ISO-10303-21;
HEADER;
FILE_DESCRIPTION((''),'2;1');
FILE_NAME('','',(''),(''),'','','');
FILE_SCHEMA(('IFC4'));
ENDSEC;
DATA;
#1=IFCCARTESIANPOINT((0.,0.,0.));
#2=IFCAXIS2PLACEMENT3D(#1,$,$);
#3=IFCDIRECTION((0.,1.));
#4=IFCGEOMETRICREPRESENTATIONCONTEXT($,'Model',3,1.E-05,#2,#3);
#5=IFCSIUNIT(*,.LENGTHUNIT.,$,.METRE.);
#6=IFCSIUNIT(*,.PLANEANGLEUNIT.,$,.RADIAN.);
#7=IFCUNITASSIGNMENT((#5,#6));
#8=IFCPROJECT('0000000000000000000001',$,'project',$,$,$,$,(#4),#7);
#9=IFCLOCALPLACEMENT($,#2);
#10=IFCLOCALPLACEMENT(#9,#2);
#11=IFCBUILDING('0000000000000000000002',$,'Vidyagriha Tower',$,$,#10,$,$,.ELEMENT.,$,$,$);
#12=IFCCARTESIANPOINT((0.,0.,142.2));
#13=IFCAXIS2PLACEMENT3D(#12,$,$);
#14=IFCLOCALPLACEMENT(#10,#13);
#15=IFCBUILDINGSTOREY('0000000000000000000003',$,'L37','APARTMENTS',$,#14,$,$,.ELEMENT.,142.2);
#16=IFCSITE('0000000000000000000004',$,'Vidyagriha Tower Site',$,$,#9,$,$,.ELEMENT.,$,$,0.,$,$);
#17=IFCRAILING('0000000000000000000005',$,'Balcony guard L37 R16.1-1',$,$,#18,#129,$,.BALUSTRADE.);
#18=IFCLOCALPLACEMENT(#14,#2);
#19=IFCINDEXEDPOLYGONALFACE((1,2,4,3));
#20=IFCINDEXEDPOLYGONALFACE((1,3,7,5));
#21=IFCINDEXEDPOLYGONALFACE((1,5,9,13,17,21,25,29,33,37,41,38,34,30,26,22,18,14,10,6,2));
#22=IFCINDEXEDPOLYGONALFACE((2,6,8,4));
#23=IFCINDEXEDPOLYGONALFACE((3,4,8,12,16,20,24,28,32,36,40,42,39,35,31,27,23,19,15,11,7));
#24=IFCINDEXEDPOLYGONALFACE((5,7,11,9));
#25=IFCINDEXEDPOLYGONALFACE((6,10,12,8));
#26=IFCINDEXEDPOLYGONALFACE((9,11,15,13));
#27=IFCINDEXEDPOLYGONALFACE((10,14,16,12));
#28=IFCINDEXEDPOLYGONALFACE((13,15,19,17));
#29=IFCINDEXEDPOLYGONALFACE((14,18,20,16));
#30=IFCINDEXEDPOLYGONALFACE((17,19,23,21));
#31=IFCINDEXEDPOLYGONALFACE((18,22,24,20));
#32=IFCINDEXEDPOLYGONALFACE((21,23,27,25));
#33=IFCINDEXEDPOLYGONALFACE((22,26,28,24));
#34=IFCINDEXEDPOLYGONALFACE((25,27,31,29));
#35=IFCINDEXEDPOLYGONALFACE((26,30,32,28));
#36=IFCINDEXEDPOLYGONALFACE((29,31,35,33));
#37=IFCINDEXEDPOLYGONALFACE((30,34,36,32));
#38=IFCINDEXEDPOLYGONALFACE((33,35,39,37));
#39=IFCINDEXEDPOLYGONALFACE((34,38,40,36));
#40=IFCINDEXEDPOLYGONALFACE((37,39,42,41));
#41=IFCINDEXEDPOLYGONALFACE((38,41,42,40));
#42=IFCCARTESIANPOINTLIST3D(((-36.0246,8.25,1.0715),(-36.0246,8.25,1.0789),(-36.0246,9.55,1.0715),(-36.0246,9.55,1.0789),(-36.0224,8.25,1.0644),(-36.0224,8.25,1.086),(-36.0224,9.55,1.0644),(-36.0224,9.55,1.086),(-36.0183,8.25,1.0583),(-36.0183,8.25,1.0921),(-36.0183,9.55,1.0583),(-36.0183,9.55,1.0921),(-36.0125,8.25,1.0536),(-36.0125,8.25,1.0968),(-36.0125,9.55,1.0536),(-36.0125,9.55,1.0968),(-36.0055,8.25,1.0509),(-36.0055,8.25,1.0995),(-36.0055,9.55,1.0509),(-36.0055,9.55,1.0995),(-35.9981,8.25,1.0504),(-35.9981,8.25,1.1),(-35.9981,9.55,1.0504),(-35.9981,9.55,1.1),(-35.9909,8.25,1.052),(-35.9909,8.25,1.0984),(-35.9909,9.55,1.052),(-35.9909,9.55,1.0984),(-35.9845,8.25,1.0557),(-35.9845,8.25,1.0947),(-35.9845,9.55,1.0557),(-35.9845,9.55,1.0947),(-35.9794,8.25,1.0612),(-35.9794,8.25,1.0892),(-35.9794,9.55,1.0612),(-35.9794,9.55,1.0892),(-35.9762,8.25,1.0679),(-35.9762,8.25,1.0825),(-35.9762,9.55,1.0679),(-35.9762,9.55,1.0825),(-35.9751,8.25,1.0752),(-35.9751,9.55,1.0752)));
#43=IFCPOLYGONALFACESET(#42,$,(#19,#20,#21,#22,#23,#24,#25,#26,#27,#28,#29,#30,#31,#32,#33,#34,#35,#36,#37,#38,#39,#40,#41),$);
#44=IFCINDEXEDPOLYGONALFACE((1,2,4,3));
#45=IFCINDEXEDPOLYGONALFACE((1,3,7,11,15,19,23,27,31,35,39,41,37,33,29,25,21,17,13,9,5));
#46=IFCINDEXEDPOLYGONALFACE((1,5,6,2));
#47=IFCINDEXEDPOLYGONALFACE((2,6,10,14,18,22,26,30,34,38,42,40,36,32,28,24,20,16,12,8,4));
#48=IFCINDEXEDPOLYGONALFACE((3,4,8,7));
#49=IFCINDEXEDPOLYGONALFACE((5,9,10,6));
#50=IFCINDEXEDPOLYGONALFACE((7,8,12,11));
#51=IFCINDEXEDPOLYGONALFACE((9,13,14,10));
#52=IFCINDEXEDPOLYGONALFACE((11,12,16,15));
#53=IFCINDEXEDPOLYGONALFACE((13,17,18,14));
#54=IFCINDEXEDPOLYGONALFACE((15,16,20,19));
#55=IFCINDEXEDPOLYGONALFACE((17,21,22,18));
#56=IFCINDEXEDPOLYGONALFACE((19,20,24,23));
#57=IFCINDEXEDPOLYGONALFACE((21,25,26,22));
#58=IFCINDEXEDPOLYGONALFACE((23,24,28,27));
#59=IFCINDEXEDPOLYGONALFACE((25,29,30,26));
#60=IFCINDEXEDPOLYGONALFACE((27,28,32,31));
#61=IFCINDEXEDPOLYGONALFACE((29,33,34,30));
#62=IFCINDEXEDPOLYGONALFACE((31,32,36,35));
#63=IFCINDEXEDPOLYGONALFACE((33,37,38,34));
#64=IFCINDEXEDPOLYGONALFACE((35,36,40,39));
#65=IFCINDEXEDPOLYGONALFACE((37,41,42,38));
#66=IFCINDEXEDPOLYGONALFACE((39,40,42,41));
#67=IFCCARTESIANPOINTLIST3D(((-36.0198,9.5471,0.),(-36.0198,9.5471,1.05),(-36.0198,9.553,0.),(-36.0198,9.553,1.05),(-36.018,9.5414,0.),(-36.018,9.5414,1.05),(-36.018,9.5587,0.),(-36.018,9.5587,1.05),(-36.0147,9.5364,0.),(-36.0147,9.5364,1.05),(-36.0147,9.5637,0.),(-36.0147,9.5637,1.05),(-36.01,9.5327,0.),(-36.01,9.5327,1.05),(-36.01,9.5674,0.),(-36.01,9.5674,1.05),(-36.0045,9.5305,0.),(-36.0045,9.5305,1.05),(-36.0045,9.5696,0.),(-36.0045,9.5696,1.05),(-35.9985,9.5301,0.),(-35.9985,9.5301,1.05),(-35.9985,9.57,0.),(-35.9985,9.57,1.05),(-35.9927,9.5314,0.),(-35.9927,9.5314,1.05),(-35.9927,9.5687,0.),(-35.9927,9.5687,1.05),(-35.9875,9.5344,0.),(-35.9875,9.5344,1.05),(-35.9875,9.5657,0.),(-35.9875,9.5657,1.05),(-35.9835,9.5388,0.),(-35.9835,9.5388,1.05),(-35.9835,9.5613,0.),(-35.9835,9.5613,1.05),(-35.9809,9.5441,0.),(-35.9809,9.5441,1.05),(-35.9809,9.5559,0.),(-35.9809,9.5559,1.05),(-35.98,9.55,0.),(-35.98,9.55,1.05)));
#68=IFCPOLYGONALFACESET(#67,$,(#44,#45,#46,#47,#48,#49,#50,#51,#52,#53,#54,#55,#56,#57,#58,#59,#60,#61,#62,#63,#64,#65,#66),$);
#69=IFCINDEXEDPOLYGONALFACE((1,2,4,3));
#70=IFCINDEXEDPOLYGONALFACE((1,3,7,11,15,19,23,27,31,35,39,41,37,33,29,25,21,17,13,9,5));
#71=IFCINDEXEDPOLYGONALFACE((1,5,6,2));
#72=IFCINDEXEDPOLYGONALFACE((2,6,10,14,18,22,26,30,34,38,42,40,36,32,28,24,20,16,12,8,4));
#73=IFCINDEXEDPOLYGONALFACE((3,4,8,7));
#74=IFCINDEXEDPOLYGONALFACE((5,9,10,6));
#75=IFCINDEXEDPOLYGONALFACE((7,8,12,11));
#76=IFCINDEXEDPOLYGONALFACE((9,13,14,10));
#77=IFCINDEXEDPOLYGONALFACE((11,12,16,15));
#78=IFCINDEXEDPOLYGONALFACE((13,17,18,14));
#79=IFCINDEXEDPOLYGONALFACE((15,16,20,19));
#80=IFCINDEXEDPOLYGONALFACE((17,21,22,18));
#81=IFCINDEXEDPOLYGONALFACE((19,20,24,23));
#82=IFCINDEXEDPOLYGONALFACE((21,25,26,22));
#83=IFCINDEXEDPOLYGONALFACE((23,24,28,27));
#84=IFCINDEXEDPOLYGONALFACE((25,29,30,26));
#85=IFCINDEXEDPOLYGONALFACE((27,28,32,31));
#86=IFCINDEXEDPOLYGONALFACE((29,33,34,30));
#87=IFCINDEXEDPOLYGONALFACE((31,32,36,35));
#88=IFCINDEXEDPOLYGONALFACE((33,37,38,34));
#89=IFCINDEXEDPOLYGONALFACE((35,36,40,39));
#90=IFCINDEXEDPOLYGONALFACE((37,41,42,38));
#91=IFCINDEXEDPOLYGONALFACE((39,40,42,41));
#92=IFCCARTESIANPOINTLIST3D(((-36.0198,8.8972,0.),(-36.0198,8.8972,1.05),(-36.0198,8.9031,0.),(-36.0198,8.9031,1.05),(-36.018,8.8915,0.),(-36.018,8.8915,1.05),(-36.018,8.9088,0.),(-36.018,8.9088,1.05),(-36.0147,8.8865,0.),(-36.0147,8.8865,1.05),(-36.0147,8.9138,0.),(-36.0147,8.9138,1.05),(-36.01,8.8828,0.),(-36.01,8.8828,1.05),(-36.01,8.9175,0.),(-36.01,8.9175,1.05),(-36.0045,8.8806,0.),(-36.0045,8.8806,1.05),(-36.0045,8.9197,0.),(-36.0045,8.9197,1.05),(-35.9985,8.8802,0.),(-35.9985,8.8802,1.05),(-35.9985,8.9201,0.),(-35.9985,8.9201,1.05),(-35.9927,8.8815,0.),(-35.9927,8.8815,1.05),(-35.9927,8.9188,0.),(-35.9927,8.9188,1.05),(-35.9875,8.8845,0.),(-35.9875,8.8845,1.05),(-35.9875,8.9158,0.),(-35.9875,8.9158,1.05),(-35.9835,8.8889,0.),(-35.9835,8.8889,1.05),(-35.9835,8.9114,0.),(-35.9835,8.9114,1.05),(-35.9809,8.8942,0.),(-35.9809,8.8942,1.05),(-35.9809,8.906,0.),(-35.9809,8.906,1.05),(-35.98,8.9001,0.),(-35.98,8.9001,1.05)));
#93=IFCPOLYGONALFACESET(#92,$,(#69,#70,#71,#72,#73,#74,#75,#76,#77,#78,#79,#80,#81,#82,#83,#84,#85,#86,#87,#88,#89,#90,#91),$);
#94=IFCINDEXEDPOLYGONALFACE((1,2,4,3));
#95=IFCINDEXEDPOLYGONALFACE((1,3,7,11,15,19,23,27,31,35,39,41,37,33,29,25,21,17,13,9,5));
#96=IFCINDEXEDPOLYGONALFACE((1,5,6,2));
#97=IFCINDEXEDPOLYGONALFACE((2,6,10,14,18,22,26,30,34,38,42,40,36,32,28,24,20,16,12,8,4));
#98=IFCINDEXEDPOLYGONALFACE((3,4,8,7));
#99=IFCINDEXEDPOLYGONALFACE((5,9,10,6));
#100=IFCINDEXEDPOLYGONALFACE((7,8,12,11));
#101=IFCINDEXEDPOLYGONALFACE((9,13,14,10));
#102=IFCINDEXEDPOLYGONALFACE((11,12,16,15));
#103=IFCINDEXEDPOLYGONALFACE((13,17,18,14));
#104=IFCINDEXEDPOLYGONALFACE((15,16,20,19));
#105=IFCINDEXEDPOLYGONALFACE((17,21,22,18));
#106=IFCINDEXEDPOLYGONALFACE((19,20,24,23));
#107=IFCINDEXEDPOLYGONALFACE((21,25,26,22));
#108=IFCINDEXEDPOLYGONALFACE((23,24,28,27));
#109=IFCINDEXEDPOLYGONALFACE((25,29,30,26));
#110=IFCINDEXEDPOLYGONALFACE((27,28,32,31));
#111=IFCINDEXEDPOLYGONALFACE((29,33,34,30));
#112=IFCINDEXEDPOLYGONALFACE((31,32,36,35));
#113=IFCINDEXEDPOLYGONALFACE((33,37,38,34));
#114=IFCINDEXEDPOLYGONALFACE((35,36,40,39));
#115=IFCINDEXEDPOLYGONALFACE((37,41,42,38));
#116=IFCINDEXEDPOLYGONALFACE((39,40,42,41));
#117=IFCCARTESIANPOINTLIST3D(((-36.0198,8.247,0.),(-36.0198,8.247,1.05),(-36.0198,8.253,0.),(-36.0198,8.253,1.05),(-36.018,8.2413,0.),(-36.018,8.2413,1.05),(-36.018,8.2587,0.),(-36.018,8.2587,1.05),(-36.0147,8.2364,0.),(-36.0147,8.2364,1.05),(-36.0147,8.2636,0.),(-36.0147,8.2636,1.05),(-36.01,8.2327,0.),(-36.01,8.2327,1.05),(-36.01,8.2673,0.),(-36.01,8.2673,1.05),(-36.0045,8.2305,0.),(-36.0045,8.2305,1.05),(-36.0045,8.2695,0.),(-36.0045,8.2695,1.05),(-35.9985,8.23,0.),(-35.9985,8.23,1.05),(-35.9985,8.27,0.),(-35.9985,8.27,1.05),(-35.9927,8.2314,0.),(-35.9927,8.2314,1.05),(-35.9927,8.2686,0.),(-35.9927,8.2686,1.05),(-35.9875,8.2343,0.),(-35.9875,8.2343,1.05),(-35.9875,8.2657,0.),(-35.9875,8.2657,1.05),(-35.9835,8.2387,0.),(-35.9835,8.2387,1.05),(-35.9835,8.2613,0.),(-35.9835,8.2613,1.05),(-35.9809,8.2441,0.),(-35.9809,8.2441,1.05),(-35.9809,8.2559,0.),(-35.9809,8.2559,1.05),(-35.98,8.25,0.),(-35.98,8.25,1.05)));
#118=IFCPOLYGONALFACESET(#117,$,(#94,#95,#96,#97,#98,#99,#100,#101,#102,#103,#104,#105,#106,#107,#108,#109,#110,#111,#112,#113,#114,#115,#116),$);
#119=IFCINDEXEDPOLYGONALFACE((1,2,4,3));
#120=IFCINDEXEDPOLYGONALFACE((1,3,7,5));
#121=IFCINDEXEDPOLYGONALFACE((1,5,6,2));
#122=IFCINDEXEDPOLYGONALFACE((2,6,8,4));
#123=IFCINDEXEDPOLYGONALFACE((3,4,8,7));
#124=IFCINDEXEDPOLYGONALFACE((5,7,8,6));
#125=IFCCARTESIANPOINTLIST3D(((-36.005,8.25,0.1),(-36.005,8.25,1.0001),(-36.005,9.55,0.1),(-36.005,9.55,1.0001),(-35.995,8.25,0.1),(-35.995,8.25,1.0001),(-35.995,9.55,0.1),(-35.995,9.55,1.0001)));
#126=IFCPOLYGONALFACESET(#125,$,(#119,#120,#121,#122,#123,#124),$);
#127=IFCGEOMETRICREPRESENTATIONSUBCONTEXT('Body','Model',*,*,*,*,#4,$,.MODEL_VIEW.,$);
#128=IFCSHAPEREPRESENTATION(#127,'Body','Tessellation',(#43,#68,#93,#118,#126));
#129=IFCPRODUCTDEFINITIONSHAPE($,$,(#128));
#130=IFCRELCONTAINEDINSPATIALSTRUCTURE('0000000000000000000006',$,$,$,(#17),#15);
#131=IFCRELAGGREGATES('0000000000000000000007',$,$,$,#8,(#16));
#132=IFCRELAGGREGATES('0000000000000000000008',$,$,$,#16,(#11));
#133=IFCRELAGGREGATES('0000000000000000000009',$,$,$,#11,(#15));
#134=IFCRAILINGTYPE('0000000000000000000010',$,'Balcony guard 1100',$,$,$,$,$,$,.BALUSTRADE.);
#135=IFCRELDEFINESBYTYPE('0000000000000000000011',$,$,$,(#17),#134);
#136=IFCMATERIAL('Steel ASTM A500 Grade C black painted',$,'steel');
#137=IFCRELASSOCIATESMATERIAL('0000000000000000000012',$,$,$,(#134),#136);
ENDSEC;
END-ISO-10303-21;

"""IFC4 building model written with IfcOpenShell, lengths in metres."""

from ifc_helpers import new_model, si_unit, direction, frame, origin, origin_2d, place, context, subcontext, project, spatial, rectangle, circle, extrude, material, type_object, element, save


model = new_model("IFC4")

# Units and contexts
model_context = context("Model", 3, precision=1e-05, world=origin(), true_north=direction((0.0, 1.0)))
body_context = subcontext(model_context, "Body", "Model", "MODEL_VIEW")
ifc_project = project(units=[si_unit("LENGTHUNIT", "METRE"), si_unit("PLANEANGLEUNIT", "RADIAN")], contexts=[model_context])

# Site, building, storey
site_placement = place(None, origin())
site = spatial("IfcSite", under=ifc_project, at=site_placement, Name="Vidyagriha Tower Site", CompositionType="ELEMENT", RefElevation=0.0)
building_placement = place(site_placement, origin())
building = spatial("IfcBuilding", under=site, at=building_placement, Name="Vidyagriha Tower", CompositionType="ELEMENT")
storey_placement = place(building_placement, frame((0.0, 0.0, 142.2)))
storey = spatial("IfcBuildingStorey", under=building, at=storey_placement, Name="L37", Description="APARTMENTS", CompositionType="ELEMENT", Elevation=142.2)

# Railing
ifc_material_1 = material(Name="Steel ASTM A500 Grade C black painted", Category="steel")
railing_type = type_object("IfcRailingType", Name="Balcony guard 1100", PredefinedType="BALUSTRADE", material=ifc_material_1)
railing_1_placement = place(storey_placement, frame((-36.0, 9.55, 0.0)))
element("IfcRailing", 1, at=railing_1_placement, inside=storey, type_object=railing_type, Name="Balcony guard L37 R16.1-1", PredefinedType="BALUSTRADE", context=body_context, shape_type="SweptSolid", body=[
    extrude(circle(Radius=0.0249, at=origin_2d()), frame((0.0, 0.0, 1.0752), z_axis=(0.0, -1.0, 0.0), x_axis=(1.0, 0.0, 0.0)), (0.0, 0.0, 1.0), 1.3),
    extrude(circle(Radius=0.02, at=origin_2d()), origin(), (0.0, 0.0, 1.0), 1.05),
    extrude(circle(Radius=0.02, at=origin_2d()), frame((0.0, -0.6499, 0.0)), (0.0, 0.0, 1.0), 1.05),
    extrude(circle(Radius=0.02, at=origin_2d()), frame((0.0, -1.3, 0.0)), (0.0, 0.0, 1.0), 1.05),
    extrude(rectangle(XDim=0.01, YDim=0.9001, at=origin_2d()), frame((0.0, 0.0, 0.55), z_axis=(0.0, -1.0, 0.0), x_axis=(1.0, 0.0, 0.0)), (0.0, 0.0, 1.0), 1.3),
])

save(model, "model.ifc")
